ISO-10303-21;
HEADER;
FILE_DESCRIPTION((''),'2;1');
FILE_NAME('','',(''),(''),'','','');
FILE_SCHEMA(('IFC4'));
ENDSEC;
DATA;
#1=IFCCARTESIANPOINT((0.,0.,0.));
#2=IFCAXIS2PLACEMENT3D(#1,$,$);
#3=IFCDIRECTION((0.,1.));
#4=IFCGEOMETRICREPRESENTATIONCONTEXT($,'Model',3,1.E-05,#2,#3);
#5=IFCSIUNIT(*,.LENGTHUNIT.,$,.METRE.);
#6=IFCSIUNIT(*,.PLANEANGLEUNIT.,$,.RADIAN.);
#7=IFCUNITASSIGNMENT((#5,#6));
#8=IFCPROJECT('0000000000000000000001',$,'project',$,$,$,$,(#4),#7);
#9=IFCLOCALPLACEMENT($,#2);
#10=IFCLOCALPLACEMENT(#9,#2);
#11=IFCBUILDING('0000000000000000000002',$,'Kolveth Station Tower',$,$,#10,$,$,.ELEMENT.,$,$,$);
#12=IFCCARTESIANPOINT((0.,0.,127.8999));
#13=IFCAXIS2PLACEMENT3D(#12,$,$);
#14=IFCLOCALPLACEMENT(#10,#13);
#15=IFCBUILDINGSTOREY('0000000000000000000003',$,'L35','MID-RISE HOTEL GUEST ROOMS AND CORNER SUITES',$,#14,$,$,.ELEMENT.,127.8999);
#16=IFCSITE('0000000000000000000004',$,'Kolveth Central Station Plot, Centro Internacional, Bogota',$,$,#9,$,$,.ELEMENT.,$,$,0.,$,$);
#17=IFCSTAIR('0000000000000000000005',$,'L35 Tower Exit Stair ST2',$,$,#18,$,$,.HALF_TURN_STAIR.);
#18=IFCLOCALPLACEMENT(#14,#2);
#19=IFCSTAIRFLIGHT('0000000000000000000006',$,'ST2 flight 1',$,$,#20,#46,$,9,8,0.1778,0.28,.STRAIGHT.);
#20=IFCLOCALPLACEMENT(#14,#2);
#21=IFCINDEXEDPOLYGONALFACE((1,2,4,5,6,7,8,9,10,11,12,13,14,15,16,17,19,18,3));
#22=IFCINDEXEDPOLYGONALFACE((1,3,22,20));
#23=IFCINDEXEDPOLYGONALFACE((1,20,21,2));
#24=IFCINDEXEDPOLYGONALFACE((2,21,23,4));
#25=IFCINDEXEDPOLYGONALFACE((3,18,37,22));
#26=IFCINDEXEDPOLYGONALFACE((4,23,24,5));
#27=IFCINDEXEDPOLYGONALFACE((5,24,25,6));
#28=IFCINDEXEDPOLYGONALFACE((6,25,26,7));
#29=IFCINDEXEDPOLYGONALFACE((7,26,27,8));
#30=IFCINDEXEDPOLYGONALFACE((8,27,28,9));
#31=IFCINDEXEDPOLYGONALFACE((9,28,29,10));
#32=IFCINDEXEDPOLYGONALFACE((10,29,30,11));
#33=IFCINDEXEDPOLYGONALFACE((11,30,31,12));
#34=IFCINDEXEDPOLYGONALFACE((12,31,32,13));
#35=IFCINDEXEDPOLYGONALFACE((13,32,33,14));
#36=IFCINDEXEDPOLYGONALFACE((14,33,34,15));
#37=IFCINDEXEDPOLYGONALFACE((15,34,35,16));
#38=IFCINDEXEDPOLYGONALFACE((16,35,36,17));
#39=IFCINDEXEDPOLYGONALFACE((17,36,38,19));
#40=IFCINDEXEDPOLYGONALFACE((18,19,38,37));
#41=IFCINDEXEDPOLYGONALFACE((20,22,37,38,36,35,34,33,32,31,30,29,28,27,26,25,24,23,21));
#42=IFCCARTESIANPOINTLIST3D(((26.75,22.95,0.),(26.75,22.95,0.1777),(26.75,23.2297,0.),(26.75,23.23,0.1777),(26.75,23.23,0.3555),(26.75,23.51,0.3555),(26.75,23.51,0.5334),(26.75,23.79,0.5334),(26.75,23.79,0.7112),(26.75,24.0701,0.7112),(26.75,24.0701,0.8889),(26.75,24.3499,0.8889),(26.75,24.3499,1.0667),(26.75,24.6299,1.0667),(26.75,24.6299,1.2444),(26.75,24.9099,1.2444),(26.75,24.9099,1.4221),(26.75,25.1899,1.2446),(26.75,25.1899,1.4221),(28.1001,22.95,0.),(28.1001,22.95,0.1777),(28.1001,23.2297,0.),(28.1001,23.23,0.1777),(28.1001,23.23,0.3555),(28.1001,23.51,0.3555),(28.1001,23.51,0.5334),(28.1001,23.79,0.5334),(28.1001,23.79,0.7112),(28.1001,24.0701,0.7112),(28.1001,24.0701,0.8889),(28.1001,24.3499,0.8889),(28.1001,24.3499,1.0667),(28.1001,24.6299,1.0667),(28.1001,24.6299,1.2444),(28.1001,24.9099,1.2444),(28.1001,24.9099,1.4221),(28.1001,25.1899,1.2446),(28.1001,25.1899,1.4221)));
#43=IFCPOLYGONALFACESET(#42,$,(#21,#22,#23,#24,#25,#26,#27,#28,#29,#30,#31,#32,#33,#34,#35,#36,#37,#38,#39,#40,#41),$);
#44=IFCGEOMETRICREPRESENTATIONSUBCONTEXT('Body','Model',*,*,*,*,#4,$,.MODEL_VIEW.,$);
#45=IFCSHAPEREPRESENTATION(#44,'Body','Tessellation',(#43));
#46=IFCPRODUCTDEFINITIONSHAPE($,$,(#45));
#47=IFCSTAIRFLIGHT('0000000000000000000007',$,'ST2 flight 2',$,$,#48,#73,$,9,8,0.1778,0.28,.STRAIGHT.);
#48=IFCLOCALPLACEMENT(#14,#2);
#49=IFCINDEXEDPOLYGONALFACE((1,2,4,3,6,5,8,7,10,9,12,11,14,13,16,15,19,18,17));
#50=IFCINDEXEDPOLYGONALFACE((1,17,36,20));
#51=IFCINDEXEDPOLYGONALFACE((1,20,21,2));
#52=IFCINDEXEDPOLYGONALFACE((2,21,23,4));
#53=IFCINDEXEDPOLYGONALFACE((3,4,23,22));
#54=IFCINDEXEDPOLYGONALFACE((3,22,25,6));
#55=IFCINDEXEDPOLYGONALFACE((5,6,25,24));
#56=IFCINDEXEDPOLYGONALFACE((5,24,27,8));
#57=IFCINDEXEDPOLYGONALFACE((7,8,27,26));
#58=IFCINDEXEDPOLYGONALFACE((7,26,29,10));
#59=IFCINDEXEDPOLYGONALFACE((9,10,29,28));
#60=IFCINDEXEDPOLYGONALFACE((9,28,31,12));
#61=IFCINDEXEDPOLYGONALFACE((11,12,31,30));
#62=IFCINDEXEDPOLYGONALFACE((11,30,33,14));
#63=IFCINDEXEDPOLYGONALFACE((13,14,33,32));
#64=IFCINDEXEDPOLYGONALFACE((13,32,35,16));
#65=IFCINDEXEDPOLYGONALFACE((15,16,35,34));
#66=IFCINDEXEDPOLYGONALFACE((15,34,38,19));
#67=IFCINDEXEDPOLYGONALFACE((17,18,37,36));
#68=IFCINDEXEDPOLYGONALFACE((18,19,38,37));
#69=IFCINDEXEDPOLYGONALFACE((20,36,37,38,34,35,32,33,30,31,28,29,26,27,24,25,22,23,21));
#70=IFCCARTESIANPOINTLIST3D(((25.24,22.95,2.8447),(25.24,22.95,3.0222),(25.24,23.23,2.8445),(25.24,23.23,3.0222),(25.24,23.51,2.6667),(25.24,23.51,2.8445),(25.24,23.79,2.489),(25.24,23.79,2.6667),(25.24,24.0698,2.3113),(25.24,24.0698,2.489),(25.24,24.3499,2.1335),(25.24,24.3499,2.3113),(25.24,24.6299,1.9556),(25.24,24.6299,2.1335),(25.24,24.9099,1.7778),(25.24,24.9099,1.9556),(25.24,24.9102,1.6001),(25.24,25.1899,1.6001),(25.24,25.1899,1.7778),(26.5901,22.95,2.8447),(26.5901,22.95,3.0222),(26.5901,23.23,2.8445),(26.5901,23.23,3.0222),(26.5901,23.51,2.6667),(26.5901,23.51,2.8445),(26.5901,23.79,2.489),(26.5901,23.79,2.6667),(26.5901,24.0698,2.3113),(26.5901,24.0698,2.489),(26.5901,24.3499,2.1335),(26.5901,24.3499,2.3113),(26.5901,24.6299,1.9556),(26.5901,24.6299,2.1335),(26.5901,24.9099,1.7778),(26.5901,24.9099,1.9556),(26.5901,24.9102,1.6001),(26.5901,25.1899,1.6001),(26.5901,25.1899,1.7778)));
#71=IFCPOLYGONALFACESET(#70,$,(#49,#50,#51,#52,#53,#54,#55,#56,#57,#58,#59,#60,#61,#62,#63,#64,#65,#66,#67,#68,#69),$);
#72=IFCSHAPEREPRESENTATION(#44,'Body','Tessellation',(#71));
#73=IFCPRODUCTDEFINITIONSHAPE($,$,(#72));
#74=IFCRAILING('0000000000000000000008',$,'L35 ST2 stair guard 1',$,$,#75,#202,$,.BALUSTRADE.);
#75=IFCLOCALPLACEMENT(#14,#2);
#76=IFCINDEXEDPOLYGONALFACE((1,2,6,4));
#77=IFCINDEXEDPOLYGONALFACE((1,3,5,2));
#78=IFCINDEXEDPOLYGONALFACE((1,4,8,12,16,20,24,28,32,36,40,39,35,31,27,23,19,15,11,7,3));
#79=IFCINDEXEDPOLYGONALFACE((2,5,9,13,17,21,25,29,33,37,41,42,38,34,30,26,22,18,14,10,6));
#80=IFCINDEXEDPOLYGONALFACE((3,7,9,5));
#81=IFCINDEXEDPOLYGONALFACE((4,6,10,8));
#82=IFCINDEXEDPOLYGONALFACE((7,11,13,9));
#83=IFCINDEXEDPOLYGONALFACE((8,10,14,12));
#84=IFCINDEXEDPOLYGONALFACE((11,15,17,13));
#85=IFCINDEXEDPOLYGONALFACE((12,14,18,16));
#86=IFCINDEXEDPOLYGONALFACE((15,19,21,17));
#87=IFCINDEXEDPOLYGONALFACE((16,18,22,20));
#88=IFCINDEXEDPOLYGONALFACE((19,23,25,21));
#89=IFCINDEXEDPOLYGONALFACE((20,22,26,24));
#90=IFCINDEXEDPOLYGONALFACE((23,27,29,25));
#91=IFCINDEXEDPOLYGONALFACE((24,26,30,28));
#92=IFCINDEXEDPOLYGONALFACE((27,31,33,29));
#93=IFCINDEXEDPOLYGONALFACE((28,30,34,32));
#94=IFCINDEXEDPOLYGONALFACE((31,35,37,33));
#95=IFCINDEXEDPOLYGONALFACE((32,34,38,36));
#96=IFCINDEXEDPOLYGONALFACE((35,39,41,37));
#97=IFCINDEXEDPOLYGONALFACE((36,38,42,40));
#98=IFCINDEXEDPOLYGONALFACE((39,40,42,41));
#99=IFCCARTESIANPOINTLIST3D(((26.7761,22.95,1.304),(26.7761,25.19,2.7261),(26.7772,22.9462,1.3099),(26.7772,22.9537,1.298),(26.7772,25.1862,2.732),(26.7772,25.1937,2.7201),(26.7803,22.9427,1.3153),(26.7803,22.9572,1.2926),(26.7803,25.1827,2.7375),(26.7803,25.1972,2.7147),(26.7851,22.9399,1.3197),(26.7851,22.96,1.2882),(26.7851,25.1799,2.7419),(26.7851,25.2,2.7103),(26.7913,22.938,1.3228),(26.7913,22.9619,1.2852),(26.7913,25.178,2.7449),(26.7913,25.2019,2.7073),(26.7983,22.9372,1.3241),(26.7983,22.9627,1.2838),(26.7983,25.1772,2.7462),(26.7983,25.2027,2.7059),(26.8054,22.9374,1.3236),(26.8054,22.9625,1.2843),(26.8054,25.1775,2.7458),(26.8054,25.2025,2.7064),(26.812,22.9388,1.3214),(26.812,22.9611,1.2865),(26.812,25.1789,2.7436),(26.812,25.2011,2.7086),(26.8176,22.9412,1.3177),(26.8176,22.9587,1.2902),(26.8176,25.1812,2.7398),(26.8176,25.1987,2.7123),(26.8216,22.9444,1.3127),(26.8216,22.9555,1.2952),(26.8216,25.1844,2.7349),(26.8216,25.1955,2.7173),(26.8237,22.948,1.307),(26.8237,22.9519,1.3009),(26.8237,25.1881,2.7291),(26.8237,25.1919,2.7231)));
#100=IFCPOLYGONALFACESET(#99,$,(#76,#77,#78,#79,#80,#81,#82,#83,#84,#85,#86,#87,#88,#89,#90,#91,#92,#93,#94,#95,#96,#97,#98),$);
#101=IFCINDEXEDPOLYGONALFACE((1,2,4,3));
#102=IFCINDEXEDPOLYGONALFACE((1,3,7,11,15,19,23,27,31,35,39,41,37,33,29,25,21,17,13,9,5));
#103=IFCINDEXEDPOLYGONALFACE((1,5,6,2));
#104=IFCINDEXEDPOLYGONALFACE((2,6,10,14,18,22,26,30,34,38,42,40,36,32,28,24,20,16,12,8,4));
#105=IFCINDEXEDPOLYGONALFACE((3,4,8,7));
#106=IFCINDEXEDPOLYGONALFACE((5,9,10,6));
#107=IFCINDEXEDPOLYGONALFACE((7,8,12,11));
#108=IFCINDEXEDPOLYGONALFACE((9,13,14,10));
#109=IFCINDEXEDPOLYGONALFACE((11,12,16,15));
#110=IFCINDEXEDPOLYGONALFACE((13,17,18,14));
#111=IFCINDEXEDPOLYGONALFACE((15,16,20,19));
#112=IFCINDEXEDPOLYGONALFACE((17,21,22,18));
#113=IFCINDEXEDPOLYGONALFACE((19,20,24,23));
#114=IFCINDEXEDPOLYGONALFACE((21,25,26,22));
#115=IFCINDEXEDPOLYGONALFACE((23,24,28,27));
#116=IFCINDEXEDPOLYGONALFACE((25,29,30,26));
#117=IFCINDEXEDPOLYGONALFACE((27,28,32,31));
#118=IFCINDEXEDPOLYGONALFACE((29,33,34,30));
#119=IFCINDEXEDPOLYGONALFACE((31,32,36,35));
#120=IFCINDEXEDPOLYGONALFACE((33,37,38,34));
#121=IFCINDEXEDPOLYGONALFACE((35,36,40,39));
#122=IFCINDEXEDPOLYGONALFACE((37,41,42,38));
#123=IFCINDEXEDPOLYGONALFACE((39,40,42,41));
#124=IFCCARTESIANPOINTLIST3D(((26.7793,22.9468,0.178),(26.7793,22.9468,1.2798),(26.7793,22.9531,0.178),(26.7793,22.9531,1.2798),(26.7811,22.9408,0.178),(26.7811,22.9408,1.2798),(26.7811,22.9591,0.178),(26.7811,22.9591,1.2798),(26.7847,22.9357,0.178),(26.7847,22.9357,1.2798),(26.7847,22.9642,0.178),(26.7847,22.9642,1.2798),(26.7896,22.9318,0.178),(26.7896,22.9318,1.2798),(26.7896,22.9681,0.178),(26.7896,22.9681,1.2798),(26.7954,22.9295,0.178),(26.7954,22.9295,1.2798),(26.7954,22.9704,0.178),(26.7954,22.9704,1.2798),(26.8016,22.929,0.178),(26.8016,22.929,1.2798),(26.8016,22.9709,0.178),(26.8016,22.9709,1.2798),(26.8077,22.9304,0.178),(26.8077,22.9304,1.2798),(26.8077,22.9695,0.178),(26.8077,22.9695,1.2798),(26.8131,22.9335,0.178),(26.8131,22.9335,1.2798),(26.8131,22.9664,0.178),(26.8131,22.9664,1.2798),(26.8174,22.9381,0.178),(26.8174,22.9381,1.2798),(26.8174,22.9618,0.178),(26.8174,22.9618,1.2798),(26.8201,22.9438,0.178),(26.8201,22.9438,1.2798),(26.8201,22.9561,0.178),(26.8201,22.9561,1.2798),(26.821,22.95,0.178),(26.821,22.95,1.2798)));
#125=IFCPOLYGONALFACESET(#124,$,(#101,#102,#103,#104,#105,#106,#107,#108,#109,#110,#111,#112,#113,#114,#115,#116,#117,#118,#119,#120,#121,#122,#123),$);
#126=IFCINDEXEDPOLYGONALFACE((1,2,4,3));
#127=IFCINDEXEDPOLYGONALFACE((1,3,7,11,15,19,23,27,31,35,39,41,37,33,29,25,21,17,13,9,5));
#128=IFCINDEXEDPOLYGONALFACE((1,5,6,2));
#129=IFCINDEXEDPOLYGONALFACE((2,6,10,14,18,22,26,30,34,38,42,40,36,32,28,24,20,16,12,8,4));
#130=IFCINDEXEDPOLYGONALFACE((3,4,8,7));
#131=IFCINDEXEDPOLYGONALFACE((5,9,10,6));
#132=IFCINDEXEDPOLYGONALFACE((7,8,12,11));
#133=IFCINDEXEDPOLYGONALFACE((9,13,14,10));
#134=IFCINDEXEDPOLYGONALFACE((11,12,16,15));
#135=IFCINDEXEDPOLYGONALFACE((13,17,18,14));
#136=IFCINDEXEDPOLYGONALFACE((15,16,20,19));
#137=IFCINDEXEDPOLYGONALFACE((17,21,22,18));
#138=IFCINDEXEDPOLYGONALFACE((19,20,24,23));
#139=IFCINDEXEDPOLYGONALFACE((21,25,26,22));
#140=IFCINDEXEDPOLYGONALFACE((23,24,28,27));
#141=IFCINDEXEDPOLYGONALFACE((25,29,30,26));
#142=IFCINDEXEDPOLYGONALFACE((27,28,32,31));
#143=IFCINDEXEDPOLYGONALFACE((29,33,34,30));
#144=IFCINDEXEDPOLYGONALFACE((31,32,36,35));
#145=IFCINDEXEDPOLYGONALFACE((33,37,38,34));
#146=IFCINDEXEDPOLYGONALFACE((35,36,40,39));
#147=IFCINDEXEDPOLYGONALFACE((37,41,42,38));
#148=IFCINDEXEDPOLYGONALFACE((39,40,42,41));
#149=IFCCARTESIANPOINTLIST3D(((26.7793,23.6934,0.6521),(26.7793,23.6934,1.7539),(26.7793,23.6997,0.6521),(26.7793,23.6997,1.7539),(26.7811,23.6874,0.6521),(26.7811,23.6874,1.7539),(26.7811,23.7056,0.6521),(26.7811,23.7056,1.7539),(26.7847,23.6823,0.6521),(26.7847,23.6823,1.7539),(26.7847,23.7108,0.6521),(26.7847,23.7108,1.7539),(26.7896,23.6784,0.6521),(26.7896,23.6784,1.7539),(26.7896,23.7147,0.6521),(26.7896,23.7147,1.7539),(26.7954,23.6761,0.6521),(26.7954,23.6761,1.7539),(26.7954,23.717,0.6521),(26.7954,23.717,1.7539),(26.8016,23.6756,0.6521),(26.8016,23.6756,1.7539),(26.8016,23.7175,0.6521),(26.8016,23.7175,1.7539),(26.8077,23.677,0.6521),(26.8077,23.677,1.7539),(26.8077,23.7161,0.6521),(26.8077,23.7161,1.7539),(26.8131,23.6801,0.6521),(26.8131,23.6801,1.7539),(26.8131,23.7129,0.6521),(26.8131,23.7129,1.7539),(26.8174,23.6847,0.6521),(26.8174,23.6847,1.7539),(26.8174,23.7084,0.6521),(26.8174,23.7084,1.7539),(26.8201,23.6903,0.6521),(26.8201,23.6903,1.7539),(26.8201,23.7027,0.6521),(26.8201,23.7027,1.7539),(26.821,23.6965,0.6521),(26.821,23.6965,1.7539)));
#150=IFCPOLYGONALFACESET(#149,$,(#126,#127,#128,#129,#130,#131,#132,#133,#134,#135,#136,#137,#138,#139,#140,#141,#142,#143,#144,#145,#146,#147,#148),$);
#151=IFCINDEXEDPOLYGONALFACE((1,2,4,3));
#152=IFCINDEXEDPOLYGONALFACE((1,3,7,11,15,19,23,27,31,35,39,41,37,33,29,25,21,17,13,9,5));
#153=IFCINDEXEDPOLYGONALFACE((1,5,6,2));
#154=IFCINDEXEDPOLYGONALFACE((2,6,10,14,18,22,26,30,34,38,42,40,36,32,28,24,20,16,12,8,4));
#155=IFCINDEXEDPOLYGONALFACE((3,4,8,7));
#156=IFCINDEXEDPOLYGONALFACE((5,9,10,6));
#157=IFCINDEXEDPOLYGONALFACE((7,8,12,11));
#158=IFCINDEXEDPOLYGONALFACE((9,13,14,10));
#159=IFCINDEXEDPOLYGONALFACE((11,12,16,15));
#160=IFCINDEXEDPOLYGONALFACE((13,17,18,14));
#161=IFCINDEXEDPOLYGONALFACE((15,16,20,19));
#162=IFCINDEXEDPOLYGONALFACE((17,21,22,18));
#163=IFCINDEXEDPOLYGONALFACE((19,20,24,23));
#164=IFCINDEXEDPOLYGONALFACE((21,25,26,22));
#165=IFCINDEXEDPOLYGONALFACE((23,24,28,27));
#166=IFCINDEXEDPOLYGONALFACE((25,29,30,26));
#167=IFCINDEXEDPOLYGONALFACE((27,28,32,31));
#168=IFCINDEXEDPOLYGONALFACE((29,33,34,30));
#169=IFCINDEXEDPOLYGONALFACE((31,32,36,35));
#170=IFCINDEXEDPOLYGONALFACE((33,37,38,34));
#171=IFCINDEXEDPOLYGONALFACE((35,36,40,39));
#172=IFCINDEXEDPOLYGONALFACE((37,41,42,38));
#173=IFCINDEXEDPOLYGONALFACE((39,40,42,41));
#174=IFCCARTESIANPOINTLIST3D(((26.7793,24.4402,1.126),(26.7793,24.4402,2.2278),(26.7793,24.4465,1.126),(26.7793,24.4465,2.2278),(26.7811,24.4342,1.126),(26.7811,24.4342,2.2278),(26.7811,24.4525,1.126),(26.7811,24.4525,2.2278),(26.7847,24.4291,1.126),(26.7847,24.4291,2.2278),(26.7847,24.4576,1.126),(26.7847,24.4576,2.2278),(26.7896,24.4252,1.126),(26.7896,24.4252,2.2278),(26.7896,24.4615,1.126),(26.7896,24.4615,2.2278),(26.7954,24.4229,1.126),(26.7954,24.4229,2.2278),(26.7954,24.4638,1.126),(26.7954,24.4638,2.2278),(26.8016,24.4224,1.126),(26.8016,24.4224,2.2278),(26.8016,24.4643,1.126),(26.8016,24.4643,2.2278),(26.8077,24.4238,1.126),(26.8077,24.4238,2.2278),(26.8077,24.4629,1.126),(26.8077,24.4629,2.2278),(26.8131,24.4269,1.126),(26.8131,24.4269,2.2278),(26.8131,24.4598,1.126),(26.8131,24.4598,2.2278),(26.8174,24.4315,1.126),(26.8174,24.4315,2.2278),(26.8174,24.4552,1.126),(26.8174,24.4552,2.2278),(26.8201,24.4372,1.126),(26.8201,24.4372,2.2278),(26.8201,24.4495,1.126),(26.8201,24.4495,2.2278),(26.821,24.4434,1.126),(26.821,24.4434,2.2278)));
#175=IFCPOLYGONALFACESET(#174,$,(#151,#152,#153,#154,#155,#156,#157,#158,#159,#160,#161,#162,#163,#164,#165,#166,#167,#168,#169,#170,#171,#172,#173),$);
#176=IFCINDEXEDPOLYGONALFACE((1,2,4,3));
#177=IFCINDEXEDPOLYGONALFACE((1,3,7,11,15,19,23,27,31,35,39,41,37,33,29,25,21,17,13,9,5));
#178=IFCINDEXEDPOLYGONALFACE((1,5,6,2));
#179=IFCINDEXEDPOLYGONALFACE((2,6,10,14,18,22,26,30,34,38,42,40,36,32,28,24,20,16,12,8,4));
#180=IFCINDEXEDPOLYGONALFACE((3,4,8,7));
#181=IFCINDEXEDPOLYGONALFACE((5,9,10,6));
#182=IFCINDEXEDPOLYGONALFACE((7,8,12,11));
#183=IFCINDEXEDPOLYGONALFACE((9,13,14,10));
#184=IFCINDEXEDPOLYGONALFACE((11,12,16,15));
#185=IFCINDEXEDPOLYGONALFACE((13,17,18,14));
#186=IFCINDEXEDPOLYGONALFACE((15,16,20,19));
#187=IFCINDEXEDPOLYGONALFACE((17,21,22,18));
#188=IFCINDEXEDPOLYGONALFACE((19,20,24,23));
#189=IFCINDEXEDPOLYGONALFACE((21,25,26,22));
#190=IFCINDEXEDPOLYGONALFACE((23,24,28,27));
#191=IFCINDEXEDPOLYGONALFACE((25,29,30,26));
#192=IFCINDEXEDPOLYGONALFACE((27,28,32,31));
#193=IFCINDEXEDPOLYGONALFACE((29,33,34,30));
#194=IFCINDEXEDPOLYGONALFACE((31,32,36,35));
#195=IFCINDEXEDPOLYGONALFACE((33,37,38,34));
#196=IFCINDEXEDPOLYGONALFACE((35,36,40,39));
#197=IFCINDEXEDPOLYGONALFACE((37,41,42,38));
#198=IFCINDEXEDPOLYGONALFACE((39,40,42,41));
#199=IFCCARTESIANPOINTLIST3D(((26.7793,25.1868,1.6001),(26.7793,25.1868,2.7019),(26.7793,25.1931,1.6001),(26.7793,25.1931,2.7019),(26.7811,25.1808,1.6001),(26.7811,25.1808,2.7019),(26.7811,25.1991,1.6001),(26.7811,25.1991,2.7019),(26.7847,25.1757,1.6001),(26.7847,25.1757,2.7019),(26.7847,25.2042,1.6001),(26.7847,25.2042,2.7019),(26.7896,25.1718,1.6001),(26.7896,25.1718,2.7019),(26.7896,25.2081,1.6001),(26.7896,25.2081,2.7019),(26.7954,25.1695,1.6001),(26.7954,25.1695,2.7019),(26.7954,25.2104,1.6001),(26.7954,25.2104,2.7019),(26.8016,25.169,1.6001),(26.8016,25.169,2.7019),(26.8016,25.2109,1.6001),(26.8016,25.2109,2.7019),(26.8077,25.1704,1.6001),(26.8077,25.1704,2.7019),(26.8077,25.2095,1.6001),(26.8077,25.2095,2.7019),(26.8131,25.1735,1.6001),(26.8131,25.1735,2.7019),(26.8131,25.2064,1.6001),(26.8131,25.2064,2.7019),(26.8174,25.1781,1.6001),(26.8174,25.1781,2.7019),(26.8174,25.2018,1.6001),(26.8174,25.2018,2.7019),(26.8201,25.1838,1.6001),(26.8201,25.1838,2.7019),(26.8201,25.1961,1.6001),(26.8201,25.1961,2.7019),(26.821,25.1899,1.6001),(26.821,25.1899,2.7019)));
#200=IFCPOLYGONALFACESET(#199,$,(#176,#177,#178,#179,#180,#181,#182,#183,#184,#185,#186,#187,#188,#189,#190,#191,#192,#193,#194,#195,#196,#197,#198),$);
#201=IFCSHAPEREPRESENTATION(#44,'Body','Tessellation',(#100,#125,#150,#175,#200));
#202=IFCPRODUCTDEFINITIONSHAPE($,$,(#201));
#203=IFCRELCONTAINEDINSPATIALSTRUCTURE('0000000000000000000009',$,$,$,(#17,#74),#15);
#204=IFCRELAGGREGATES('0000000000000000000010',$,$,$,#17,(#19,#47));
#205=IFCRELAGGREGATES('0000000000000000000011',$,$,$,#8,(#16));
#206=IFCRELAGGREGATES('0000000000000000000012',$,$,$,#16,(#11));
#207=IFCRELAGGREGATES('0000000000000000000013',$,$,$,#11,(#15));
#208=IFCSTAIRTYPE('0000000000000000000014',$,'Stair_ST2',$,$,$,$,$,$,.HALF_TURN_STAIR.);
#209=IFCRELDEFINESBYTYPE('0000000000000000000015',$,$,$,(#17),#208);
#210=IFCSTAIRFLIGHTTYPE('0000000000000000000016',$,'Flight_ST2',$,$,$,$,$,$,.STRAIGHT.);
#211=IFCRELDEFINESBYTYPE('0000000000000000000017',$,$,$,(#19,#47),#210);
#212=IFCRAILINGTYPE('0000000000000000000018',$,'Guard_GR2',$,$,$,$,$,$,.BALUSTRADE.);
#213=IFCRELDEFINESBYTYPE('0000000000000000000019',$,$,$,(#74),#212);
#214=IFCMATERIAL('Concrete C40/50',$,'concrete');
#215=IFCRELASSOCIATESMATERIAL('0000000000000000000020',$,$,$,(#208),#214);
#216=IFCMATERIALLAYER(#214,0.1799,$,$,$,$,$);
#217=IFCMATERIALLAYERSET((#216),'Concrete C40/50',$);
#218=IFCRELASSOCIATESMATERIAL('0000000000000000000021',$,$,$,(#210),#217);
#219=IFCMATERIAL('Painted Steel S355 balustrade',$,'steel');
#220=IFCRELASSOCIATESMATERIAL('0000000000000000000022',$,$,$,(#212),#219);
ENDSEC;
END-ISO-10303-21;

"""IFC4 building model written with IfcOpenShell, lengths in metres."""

from ifc_helpers import new_model, si_unit, direction, frame, origin, origin_2d, place, context, subcontext, project, spatial, polyline, circle, outline, extrude, material, layer, layer_set, type_object, element, aggregate, save


model = new_model("IFC4")

# Units and contexts
model_context = context("Model", 3, precision=1e-05, world=origin(), true_north=direction((0.0, 1.0)))
body_context = subcontext(model_context, "Body", "Model", "MODEL_VIEW")
ifc_project = project(units=[si_unit("LENGTHUNIT", "METRE"), si_unit("PLANEANGLEUNIT", "RADIAN")], contexts=[model_context])

# Site, building, storey
site_placement = place(None, origin())
site = spatial("IfcSite", under=ifc_project, at=site_placement, Name="Kolveth Central Station Plot, Centro Internacional, Bogota", CompositionType="ELEMENT", RefElevation=0.0)
building_placement = place(site_placement, origin())
building = spatial("IfcBuilding", under=site, at=building_placement, Name="Kolveth Station Tower", CompositionType="ELEMENT")
storey_placement = place(building_placement, frame((0.0, 0.0, 127.8999)))
storey = spatial("IfcBuildingStorey", under=building, at=storey_placement, Name="L35", Description="MID-RISE HOTEL GUEST ROOMS AND CORNER SUITES", CompositionType="ELEMENT", Elevation=127.8999)

# Shared definitions
ifc_material_1 = material(Name="Concrete C40/50", Category="concrete")

# Stair, stair flights
stair_type = type_object("IfcStairType", Name="Stair_ST2", PredefinedType="HALF_TURN_STAIR", material=ifc_material_1)
stair_placement = place(storey_placement, origin())
stair = element("IfcStair", 1, at=stair_placement, inside=storey, type_object=stair_type, Name="L35 Tower Exit Stair ST2", PredefinedType="HALF_TURN_STAIR")
ifc_layer_1 = layer(ifc_material_1, 0.1799)
ifc_layer_set_1 = layer_set([ifc_layer_1], Name="Concrete C40/50")
stair_flight_type = type_object("IfcStairFlightType", Name="Flight_ST2", PredefinedType="STRAIGHT", material=ifc_layer_set_1)
stair_flight_1_placement = place(storey_placement, frame((27.425, 22.95, 0.0), z_axis=(0.0, 0.0, 1.0), x_axis=(0.0, 1.0, 0.0)))
stair_flight_1 = element("IfcStairFlight", 2, at=stair_flight_1_placement, type_object=stair_flight_type, Name="ST2 flight 1", NumberOfRisers=9, NumberOfTreads=8, PredefinedType="STRAIGHT", RiserHeight=0.1778, TreadLength=0.28, context=body_context, shape_type="SweptSolid", body=[
    extrude(outline(polyline([(0.0, 0.0), (0.0, 0.1777), (0.28, 0.1777), (0.28, 0.3555), (0.5601, 0.3555), (0.5601, 0.5334), (0.8401, 0.5334), (0.8401, 0.7112), (1.1201, 0.7112), (1.1201, 0.8889), (1.3999, 0.8889), (1.3999, 1.0667), (1.6799, 1.0667), (1.6799, 1.2444), (1.96, 1.2444), (1.96, 1.4221), (2.24, 1.4221), (2.24, 1.6001), (2.24, 1.2446), (0.2798, 0.0), (0.0, 0.0)])), frame((0.0, 0.675, 0.0), z_axis=(0.0, -1.0, 0.0), x_axis=(1.0, 0.0, 0.0)), (0.0, 0.0, 1.0), 1.3501),
])
stair_flight_2_placement = place(storey_placement, frame((25.915, 25.1899, 1.6001), z_axis=(0.0, 0.0, 1.0), x_axis=(0.0, -1.0, 0.0)))
stair_flight_2 = element("IfcStairFlight", 3, at=stair_flight_2_placement, type_object=stair_flight_type, Name="ST2 flight 2", NumberOfRisers=9, NumberOfTreads=8, PredefinedType="STRAIGHT", RiserHeight=0.1778, TreadLength=0.28, context=body_context, shape_type="SweptSolid", body=[
    extrude(outline(polyline([(0.0, 0.0), (0.0, 0.1777), (0.28, 0.1777), (0.28, 0.3555), (0.5601, 0.3555), (0.5601, 0.5334), (0.8401, 0.5334), (0.8401, 0.7112), (1.1201, 0.7112), (1.1201, 0.8889), (1.3999, 0.8889), (1.3999, 1.0667), (1.6799, 1.0667), (1.6799, 1.2444), (1.96, 1.2444), (1.96, 1.4221), (2.24, 1.4221), (2.24, 1.6001), (2.24, 1.2446), (0.2798, 0.0), (0.0, 0.0)])), frame((0.0, 0.675, 0.0), z_axis=(0.0, -1.0, 0.0), x_axis=(1.0, 0.0, 0.0)), (0.0, 0.0, 1.0), 1.3501),
])
aggregate(stair, [stair_flight_1, stair_flight_2])

# Railing
ifc_material_2 = material(Name="Painted Steel S355 balustrade", Category="steel")
railing_type_1 = type_object("IfcRailingType", Name="Guard_GR2", PredefinedType="BALUSTRADE", material=ifc_material_2)
railing_1_placement = place(storey_placement, frame((26.8, 22.95, 0.178)))
element("IfcRailing", 4, at=railing_1_placement, inside=storey, type_object=railing_type_1, Name="L35 ST2 stair guard 1", PredefinedType="BALUSTRADE", context=body_context, shape_type="SweptSolid", body=[
    extrude(circle(Radius=0.0239, at=origin_2d()), frame((0.0, 0.0, 1.126), z_axis=(0.0, 0.844229, 0.535982), x_axis=(-1.0, 0.0, 0.0)), (0.0, 0.0, 1.0), 2.6533),
    extrude(circle(Radius=0.021, at=origin_2d()), origin(), (0.0, 0.0, 1.0), 1.1018),
    extrude(circle(Radius=0.021, at=origin_2d()), frame((0.0, 0.7466, 0.4741)), (0.0, 0.0, 1.0), 1.1018),
    extrude(circle(Radius=0.021, at=origin_2d()), frame((0.0, 1.4934, 0.948)), (0.0, 0.0, 1.0), 1.1018),
    extrude(circle(Radius=0.021, at=origin_2d()), frame((0.0, 2.24, 1.4221)), (0.0, 0.0, 1.0), 1.1018),
])

save(model, "model.ifc")
